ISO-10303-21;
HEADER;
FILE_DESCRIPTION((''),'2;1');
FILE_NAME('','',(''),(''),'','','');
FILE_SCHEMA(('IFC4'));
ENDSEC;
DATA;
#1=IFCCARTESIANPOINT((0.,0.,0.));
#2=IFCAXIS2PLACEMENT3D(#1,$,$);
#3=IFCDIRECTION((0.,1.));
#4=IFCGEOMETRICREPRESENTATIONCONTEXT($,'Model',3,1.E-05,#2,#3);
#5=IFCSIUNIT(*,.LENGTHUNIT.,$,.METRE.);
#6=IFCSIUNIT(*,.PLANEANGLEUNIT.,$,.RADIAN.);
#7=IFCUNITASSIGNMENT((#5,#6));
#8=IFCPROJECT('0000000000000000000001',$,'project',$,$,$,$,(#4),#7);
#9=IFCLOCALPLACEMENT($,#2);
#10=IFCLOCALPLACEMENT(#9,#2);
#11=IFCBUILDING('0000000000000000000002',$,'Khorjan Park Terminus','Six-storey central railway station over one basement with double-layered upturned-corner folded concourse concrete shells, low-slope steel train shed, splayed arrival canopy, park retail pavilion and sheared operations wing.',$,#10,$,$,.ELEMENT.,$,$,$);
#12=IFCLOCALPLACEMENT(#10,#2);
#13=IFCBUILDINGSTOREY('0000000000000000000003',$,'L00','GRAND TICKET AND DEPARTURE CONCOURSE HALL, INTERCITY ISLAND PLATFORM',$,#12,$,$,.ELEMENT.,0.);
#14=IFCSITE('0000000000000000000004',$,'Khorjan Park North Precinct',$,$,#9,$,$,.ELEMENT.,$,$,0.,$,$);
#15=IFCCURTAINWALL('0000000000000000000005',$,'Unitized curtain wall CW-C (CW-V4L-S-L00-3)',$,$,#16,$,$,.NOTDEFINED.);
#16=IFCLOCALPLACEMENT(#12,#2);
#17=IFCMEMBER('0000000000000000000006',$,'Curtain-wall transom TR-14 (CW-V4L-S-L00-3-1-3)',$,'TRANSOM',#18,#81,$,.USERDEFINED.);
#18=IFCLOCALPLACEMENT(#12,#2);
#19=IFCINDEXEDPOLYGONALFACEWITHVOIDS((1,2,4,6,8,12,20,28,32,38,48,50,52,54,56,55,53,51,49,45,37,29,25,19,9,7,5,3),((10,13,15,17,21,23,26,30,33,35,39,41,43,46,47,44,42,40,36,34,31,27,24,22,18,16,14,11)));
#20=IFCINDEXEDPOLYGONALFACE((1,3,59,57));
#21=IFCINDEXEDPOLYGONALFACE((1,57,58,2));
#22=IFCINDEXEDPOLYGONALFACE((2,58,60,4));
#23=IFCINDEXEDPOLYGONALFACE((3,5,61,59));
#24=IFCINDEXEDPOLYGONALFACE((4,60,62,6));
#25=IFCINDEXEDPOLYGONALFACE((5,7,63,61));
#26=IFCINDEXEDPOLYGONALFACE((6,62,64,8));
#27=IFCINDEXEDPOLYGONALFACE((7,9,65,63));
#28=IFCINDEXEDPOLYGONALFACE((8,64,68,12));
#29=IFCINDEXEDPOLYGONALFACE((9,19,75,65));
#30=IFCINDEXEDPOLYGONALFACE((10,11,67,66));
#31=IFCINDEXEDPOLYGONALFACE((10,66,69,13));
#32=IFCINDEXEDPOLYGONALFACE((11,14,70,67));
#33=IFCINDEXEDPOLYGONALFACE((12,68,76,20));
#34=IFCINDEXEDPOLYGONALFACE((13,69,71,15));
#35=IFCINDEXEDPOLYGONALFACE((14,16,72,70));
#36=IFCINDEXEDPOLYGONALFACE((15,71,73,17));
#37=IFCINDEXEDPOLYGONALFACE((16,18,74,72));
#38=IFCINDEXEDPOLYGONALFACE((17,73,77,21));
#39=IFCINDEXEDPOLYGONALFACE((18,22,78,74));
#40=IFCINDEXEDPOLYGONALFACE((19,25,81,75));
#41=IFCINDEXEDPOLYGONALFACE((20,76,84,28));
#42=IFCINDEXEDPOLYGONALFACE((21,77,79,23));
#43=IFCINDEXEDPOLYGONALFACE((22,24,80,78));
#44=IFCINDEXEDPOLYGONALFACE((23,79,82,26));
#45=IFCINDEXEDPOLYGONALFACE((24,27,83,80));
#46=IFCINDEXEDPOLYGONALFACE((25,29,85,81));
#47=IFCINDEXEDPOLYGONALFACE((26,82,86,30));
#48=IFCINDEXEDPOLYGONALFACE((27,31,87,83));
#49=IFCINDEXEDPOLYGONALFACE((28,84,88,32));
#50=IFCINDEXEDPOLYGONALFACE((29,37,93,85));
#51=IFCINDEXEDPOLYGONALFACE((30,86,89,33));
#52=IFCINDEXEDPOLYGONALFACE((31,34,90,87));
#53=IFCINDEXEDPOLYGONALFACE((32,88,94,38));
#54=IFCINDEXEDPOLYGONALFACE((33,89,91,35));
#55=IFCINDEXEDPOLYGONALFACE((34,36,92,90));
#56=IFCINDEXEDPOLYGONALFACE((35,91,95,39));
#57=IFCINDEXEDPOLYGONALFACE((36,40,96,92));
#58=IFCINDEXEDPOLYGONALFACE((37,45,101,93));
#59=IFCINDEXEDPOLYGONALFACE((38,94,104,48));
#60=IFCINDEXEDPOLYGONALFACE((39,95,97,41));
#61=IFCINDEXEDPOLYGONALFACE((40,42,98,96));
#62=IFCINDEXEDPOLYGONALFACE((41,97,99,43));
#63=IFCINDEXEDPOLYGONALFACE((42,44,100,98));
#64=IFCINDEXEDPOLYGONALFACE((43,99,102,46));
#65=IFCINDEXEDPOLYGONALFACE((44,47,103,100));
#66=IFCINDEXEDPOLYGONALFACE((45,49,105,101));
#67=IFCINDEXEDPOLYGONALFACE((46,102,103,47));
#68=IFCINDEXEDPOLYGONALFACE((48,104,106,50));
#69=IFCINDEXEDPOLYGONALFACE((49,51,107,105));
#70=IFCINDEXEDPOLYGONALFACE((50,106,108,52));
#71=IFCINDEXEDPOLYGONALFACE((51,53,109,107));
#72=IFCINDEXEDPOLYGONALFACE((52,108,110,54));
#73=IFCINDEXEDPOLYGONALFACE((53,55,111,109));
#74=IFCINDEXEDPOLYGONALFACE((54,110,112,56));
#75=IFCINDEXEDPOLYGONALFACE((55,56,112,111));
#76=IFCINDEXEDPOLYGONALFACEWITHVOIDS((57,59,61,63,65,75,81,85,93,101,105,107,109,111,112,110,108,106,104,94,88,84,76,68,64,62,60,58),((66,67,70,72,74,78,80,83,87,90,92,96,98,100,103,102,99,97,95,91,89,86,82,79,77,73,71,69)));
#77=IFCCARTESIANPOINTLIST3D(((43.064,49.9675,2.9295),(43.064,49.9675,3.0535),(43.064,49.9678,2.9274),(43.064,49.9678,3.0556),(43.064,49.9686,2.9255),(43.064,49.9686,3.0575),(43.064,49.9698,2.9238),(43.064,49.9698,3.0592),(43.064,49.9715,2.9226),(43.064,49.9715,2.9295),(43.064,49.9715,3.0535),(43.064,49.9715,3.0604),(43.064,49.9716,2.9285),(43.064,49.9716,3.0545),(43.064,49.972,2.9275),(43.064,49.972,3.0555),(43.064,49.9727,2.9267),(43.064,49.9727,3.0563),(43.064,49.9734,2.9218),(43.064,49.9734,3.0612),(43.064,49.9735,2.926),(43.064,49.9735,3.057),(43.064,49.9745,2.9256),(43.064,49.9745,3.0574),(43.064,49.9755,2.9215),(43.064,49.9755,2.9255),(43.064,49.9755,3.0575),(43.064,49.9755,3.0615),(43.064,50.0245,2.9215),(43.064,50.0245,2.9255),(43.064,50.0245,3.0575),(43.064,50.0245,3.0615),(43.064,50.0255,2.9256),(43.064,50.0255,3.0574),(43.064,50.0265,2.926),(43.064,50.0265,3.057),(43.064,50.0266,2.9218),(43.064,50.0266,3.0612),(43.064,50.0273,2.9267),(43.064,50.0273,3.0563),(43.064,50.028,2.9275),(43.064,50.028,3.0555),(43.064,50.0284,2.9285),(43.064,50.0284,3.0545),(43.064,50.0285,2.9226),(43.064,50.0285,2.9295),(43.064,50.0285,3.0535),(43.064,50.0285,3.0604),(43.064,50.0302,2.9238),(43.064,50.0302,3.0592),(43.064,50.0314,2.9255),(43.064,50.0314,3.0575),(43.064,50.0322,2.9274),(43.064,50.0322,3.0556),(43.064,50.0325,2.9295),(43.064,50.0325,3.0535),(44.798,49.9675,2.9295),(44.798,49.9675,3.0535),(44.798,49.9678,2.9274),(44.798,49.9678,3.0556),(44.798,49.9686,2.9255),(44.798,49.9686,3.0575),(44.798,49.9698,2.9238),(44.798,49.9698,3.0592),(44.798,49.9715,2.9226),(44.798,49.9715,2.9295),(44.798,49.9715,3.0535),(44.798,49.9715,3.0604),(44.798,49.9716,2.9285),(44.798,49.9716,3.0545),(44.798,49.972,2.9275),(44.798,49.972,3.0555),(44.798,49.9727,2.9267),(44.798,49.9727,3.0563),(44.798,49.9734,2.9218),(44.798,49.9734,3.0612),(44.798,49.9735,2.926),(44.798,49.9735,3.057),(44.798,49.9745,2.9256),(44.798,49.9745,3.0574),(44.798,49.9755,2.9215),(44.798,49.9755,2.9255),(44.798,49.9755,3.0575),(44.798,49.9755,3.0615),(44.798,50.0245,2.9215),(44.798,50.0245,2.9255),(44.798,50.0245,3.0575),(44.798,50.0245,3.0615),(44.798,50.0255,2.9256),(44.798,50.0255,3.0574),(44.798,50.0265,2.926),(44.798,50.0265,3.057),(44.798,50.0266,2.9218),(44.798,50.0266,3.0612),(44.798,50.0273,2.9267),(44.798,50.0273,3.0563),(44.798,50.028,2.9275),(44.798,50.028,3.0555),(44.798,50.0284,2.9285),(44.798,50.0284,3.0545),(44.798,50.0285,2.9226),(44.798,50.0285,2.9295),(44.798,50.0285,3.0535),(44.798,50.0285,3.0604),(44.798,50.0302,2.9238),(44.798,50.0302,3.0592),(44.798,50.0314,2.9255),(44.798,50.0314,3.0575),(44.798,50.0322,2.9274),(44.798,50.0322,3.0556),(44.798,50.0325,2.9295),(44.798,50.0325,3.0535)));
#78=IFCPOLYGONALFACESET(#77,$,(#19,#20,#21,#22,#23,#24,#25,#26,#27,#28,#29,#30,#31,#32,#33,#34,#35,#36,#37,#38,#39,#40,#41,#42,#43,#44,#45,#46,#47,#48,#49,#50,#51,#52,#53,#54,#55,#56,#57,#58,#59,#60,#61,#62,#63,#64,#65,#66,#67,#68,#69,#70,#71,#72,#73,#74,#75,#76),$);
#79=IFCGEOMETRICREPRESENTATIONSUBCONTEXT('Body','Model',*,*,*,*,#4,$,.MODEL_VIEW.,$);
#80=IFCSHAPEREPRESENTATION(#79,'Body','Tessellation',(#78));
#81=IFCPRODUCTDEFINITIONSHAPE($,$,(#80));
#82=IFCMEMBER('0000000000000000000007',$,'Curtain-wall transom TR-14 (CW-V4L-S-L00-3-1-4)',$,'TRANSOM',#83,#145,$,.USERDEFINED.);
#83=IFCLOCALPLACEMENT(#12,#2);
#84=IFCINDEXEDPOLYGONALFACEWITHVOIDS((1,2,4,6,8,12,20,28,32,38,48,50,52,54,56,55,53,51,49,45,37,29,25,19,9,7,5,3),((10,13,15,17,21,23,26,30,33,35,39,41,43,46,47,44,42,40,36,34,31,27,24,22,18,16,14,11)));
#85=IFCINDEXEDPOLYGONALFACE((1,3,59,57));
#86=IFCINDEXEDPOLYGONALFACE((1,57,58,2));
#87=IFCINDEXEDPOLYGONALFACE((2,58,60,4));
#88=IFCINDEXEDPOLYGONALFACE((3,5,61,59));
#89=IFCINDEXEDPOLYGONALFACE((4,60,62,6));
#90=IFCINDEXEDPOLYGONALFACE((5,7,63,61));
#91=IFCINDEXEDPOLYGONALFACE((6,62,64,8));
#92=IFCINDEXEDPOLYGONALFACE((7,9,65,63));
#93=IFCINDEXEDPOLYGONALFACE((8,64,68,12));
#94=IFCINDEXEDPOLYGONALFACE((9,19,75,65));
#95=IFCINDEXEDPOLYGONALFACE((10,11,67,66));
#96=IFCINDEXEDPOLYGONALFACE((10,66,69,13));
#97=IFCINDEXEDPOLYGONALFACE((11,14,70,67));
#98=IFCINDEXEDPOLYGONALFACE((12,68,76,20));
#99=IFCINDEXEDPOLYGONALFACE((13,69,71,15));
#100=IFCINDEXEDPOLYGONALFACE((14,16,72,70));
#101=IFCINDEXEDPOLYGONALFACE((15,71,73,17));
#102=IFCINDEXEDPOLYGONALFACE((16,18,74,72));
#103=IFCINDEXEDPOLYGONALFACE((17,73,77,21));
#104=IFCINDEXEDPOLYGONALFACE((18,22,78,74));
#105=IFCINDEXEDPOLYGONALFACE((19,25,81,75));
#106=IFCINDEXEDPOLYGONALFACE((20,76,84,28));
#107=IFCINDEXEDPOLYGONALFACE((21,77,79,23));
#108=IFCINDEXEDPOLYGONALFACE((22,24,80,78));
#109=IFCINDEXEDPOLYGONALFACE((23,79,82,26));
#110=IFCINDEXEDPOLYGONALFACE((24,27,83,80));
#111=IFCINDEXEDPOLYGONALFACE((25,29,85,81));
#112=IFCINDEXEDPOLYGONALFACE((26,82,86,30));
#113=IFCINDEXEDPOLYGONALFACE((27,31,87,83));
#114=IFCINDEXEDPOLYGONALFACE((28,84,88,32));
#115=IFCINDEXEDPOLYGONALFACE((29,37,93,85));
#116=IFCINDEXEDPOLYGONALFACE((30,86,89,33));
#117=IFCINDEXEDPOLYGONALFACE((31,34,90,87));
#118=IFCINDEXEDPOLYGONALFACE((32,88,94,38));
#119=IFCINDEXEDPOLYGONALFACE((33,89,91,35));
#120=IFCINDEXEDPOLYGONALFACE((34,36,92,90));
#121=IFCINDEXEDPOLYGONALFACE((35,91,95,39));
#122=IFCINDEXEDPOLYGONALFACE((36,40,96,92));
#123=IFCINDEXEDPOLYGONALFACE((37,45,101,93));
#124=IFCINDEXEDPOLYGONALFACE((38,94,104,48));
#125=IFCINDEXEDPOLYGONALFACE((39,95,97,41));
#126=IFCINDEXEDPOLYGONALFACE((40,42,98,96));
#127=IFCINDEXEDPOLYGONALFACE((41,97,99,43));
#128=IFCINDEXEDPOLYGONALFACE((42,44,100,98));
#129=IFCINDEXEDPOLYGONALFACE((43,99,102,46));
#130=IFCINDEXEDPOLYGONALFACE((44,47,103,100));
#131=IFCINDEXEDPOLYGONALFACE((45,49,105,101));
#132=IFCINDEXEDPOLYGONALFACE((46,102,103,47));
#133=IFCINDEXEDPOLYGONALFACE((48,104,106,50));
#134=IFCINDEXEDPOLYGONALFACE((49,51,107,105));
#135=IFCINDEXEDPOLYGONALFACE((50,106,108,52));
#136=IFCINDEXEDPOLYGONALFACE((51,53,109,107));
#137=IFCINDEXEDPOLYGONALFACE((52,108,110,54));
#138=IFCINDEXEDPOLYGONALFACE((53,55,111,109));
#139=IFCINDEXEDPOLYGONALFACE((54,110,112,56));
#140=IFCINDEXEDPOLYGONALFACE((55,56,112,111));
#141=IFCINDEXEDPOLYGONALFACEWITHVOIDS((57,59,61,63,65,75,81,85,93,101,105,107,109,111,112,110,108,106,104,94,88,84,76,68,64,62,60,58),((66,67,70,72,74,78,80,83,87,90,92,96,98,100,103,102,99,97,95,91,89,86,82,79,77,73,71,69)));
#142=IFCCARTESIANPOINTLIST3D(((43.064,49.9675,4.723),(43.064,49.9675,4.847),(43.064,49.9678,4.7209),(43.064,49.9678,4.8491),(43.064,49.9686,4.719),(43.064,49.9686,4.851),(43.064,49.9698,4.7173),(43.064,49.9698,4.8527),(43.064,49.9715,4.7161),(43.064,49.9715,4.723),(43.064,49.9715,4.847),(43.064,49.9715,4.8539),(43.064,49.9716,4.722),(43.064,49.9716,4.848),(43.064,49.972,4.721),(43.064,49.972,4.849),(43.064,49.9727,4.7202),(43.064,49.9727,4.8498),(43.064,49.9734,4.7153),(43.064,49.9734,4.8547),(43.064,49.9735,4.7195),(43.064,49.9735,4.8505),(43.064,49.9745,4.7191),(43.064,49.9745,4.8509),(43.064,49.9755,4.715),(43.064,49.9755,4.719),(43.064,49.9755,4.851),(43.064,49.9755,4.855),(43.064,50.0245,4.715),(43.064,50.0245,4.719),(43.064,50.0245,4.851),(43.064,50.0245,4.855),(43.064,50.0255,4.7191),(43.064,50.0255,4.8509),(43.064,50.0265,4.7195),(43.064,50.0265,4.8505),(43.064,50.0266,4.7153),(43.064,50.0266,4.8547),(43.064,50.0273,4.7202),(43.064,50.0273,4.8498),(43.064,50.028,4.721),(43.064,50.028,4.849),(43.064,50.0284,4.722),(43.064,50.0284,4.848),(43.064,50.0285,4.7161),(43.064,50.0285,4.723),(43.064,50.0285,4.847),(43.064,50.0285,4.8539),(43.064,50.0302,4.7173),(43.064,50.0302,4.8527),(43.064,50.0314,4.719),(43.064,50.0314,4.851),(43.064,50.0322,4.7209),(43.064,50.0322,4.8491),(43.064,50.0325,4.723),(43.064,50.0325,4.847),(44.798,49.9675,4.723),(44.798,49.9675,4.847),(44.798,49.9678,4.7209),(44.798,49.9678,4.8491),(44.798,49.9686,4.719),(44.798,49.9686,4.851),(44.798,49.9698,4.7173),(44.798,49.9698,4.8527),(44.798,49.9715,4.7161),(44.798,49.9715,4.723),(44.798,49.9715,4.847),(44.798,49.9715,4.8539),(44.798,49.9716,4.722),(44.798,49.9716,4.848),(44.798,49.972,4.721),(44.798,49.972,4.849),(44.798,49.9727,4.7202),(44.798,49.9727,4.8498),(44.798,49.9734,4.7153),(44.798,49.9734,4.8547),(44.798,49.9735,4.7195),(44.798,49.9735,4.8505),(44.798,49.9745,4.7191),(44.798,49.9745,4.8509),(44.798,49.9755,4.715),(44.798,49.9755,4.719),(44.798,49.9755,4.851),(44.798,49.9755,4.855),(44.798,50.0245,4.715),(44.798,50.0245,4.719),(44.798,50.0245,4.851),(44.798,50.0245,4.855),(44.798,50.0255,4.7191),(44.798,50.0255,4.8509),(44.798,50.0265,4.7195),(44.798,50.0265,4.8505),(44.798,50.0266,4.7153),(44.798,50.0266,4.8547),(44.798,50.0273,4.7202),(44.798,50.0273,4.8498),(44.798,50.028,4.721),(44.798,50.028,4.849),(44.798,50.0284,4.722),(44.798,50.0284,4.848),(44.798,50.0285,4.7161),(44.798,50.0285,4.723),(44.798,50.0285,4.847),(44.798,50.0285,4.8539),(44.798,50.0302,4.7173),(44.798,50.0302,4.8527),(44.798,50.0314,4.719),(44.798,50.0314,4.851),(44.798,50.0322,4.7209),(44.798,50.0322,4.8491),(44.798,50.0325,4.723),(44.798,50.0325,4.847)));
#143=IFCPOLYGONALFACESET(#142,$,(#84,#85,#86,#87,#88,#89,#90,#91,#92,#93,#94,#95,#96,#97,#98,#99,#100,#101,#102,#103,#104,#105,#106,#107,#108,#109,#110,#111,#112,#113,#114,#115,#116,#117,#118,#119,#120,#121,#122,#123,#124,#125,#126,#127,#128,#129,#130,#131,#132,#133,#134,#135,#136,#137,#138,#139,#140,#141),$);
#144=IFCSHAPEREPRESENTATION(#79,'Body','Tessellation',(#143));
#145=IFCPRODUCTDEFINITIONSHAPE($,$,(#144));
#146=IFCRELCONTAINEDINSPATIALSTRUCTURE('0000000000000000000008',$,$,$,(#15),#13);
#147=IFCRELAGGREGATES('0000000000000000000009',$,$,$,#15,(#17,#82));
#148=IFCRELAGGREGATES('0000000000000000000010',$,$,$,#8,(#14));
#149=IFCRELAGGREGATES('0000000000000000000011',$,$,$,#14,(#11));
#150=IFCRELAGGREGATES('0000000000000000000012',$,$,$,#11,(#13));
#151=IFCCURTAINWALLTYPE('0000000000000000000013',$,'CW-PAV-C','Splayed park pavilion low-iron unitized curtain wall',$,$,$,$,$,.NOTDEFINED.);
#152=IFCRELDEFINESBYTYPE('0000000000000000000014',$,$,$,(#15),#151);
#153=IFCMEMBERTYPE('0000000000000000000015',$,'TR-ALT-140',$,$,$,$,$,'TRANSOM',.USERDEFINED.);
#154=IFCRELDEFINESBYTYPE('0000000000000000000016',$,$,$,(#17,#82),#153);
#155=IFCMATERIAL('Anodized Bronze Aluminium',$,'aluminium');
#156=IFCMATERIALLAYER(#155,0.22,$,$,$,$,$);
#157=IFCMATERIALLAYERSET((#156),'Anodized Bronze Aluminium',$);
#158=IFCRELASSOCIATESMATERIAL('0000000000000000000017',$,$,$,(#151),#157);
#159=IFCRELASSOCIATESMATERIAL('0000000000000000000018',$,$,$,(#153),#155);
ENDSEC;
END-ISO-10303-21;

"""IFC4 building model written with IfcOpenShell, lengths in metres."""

from ifc_helpers import new_model, si_unit, direction, frame, origin, origin_2d, place, context, subcontext, project, spatial, hollow_rectangle, extrude, material, layer, layer_set, material_profile, profile_set, type_object, element, aggregate, save


model = new_model("IFC4")

# Units and contexts
model_context = context("Model", 3, precision=1e-05, world=origin(), true_north=direction((0.0, 1.0)))
body_context = subcontext(model_context, "Body", "Model", "MODEL_VIEW")
ifc_project = project(units=[si_unit("LENGTHUNIT", "METRE"), si_unit("PLANEANGLEUNIT", "RADIAN")], contexts=[model_context])

# Site, building, storey
site_placement = place(None, origin())
site = spatial("IfcSite", under=ifc_project, at=site_placement, Name="Khorjan Park North Precinct", CompositionType="ELEMENT", RefElevation=0.0)
building_placement = place(site_placement, origin())
building = spatial("IfcBuilding", under=site, at=building_placement, Name="Khorjan Park Terminus", Description="Six-storey central railway station over one basement with double-layered upturned-corner folded concourse concrete shells, low-slope steel train shed, splayed arrival canopy, park retail pavilion and sheared operations wing.", CompositionType="ELEMENT")
storey_placement = place(building_placement, origin())
storey = spatial("IfcBuildingStorey", under=building, at=storey_placement, Name="L00", Description="GRAND TICKET AND DEPARTURE CONCOURSE HALL, INTERCITY ISLAND PLATFORM", CompositionType="ELEMENT", Elevation=0.0)

# Shared definitions
ifc_material_1 = material(Name="Anodized Bronze Aluminium", Category="aluminium")
ifc_layer_1 = layer(ifc_material_1, 0.22)
ifc_layer_set_1 = layer_set([ifc_layer_1], Name="Anodized Bronze Aluminium")
curtain_wall_type = type_object("IfcCurtainWallType", Name="CW-PAV-C", Description="Splayed park pavilion low-iron unitized curtain wall", PredefinedType="NOTDEFINED", material=ifc_layer_set_1)

# Curtain wall, members
curtain_wall_1_placement = place(storey_placement, origin())
curtain_wall_1 = element("IfcCurtainWall", 1, at=curtain_wall_1_placement, inside=storey, type_object=curtain_wall_type, Name="Unitized curtain wall CW-C (CW-V4L-S-L00-3)", PredefinedType="NOTDEFINED")
ifc_material_profile_1 = material_profile(ifc_material_1, hollow_rectangle(XDim=0.065, YDim=0.14, WallThickness=0.004, InnerFilletRadius=0.004, OuterFilletRadius=0.008, at=origin_2d()), Name="ALT 65x140x4")
ifc_profile_set_1 = profile_set([ifc_material_profile_1], Name="Anodized Bronze Aluminium")
member_type_1 = type_object("IfcMemberType", Name="TR-ALT-140", ElementType="TRANSOM", PredefinedType="USERDEFINED", material=ifc_profile_set_1)
member_1_placement = place(storey_placement, frame((43.064, 50.0, 2.9915), z_axis=(1.0, 0.0, 0.0), x_axis=(0.0, 1.0, 0.0)))
member_1 = element("IfcMember", 2, at=member_1_placement, type_object=member_type_1, Name="Curtain-wall transom TR-14 (CW-V4L-S-L00-3-1-3)", ObjectType="TRANSOM", PredefinedType="USERDEFINED", context=body_context, shape_type="SweptSolid", body=[
    extrude(hollow_rectangle(XDim=0.065, YDim=0.14, WallThickness=0.004, InnerFilletRadius=0.004, OuterFilletRadius=0.008, at=origin_2d()), origin(), (0.0, 0.0, 1.0), 1.734),
])
member_2_placement = place(storey_placement, frame((43.064, 50.0, 4.785), z_axis=(1.0, 0.0, 0.0), x_axis=(0.0, 1.0, 0.0)))
member_2 = element("IfcMember", 3, at=member_2_placement, type_object=member_type_1, Name="Curtain-wall transom TR-14 (CW-V4L-S-L00-3-1-4)", ObjectType="TRANSOM", PredefinedType="USERDEFINED", context=body_context, shape_type="SweptSolid", body=[
    extrude(hollow_rectangle(XDim=0.065, YDim=0.14, WallThickness=0.004, InnerFilletRadius=0.004, OuterFilletRadius=0.008, at=origin_2d()), origin(), (0.0, 0.0, 1.0), 1.734),
])
aggregate(curtain_wall_1, [member_1, member_2])

save(model, "model.ifc")
